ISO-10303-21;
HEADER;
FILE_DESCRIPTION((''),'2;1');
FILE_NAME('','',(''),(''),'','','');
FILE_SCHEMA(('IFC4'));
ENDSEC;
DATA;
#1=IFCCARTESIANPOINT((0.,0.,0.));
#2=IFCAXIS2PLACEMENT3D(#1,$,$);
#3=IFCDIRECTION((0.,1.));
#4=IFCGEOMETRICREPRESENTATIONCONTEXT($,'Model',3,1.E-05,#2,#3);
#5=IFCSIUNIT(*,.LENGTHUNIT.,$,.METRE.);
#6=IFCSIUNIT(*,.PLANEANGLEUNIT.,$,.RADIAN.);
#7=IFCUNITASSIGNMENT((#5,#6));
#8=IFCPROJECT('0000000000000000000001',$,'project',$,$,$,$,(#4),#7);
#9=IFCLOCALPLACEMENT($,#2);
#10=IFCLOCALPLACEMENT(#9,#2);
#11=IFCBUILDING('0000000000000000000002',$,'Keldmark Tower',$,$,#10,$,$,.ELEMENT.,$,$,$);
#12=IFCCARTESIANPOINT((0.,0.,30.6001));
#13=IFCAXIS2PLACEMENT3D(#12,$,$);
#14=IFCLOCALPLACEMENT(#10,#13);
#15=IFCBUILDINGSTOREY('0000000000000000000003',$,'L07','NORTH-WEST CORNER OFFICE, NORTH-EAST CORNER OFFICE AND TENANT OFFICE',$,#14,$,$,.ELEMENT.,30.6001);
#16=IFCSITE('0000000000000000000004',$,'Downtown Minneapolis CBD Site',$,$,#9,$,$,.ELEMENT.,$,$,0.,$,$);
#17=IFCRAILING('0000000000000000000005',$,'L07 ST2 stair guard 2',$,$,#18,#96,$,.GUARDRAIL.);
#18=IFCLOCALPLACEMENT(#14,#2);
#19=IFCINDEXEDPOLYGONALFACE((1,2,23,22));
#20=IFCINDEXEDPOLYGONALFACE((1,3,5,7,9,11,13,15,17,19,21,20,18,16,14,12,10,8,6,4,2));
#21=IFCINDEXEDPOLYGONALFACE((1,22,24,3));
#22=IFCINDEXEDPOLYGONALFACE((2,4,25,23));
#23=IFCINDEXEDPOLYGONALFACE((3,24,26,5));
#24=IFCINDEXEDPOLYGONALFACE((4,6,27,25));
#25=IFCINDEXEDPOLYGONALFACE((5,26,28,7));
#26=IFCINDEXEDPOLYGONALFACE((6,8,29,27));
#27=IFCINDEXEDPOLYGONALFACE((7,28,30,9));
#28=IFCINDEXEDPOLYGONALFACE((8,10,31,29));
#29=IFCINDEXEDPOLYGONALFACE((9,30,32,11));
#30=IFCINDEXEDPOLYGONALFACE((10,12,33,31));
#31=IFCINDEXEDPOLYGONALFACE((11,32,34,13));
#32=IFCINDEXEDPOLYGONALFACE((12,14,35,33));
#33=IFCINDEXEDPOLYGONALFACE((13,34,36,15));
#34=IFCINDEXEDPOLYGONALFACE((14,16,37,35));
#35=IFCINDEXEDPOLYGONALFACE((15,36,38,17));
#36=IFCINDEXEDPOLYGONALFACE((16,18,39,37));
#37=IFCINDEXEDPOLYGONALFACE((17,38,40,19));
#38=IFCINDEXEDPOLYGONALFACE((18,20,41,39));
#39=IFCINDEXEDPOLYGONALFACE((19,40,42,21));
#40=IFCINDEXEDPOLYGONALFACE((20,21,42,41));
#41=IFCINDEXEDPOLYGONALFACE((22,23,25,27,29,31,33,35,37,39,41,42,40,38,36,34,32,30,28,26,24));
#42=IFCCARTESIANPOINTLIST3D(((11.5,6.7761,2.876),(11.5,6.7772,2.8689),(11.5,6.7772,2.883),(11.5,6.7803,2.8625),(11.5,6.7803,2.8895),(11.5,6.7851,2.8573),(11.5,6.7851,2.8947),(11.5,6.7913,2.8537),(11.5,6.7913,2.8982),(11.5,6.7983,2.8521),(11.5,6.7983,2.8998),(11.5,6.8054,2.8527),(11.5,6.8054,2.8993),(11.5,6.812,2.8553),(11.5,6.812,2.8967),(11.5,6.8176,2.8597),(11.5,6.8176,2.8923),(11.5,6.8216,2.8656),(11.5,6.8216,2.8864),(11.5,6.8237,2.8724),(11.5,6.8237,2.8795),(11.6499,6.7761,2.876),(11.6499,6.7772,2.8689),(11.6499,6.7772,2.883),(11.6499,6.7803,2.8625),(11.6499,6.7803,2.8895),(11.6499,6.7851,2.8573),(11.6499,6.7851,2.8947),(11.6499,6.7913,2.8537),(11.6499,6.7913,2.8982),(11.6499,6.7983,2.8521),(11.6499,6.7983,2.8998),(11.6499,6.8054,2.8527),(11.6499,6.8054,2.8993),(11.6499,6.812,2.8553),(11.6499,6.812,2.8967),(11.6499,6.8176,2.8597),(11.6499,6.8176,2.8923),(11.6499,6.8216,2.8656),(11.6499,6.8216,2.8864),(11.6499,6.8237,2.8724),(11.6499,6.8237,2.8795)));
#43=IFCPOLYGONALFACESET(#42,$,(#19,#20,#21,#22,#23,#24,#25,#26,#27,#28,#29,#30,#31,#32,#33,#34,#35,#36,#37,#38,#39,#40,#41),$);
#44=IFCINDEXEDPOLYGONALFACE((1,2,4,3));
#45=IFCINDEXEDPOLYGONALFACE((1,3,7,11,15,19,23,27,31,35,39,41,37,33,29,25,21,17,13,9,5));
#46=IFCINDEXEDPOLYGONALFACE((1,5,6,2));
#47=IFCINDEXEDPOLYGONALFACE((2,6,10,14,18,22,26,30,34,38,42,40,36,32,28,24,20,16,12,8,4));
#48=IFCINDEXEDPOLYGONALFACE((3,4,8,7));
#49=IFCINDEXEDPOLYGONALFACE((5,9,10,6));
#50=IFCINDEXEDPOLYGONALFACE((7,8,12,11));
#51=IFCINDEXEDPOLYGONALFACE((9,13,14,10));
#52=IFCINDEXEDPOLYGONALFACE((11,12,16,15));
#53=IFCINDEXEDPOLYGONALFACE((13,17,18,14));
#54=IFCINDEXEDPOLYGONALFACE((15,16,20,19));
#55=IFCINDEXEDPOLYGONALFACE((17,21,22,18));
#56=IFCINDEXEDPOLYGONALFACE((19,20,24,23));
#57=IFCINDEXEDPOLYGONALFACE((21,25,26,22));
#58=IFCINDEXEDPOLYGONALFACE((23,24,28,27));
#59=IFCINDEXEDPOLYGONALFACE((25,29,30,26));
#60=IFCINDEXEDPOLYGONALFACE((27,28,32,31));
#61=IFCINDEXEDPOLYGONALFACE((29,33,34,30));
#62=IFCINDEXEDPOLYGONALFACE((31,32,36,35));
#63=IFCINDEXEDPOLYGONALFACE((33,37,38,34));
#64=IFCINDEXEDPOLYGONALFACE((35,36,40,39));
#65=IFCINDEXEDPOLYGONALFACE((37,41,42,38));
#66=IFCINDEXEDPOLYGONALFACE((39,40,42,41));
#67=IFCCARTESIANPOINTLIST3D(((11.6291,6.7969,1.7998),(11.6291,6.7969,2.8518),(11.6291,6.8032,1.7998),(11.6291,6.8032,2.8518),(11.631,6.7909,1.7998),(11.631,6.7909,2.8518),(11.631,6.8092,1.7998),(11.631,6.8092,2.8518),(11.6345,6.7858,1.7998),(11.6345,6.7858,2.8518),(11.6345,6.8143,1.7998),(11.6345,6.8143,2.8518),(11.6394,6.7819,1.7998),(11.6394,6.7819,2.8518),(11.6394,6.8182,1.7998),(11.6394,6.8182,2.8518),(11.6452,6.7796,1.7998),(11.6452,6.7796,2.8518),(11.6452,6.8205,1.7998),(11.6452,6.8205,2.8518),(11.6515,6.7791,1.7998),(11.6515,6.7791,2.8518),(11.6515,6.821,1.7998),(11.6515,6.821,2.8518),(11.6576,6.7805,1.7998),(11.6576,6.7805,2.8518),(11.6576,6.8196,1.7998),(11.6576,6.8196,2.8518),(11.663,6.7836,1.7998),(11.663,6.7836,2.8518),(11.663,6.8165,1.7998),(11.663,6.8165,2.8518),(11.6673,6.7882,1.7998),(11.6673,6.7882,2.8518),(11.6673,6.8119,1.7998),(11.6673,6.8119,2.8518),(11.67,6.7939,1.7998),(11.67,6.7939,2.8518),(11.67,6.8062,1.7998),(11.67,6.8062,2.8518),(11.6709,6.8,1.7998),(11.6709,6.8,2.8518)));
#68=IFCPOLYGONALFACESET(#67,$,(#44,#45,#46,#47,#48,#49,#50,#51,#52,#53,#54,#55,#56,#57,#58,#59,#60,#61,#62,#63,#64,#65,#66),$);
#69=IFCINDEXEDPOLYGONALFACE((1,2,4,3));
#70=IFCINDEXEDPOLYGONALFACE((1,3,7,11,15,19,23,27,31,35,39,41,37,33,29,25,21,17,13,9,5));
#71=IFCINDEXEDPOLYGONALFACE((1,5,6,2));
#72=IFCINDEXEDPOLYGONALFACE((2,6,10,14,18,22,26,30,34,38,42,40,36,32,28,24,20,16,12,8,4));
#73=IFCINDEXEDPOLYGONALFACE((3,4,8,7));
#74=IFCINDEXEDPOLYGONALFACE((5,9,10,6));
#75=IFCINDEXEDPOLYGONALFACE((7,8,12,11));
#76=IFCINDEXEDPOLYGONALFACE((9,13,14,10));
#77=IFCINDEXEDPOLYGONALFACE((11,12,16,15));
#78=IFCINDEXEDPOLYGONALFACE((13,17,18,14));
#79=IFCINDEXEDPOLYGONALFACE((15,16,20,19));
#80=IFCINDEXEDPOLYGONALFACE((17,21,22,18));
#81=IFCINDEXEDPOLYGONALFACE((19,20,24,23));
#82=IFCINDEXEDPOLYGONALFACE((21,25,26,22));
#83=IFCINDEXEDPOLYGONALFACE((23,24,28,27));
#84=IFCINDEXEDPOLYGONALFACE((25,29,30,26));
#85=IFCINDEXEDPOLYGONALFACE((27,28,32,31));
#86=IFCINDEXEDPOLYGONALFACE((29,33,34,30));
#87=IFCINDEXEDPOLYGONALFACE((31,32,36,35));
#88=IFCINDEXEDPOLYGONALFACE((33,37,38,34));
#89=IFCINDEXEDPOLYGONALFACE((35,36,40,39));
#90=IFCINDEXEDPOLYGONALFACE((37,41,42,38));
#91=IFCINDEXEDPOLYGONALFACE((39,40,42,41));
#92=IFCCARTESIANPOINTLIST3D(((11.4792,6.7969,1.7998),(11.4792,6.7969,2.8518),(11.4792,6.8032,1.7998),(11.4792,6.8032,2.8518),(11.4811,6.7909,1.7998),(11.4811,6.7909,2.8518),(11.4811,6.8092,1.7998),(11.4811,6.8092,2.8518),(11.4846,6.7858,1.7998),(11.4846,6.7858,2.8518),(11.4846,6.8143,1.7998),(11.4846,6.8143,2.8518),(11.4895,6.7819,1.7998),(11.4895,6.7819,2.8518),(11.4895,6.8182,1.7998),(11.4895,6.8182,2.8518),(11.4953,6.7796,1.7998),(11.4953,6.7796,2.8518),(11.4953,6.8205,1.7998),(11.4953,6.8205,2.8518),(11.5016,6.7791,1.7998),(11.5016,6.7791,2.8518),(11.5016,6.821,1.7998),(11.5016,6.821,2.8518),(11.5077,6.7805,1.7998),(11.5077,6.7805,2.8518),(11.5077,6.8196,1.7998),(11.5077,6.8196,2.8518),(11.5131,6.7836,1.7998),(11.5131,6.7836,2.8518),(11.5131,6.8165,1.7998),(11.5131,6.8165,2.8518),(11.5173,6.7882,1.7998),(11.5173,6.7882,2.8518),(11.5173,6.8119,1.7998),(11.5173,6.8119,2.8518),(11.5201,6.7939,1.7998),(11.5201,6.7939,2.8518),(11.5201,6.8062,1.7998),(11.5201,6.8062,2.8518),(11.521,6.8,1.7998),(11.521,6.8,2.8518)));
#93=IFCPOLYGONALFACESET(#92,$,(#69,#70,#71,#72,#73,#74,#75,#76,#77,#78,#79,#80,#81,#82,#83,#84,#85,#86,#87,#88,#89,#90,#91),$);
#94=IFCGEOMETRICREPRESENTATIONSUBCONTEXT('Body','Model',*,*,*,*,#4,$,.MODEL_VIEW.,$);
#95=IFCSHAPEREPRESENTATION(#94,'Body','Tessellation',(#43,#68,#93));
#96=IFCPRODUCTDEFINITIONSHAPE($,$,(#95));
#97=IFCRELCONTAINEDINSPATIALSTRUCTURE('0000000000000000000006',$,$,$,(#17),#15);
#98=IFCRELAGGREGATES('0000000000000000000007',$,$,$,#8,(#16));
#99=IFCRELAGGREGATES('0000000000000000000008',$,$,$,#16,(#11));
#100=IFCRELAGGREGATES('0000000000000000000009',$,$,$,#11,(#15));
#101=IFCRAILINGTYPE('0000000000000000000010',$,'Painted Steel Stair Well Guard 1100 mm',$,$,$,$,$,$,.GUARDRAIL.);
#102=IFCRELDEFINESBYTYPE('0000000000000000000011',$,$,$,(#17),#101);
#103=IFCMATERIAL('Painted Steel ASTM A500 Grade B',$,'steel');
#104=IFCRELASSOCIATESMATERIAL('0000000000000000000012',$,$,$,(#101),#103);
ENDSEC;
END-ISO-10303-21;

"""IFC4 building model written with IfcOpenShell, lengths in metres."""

from ifc_helpers import new_model, si_unit, direction, frame, origin, origin_2d, place, context, subcontext, project, spatial, circle, extrude, material, type_object, element, save


model = new_model("IFC4")

# Units and contexts
model_context = context("Model", 3, precision=1e-05, world=origin(), true_north=direction((0.0, 1.0)))
body_context = subcontext(model_context, "Body", "Model", "MODEL_VIEW")
ifc_project = project(units=[si_unit("LENGTHUNIT", "METRE"), si_unit("PLANEANGLEUNIT", "RADIAN")], contexts=[model_context])

# Site, building, storey
site_placement = place(None, origin())
site = spatial("IfcSite", under=ifc_project, at=site_placement, Name="Downtown Minneapolis CBD Site", CompositionType="ELEMENT", RefElevation=0.0)
building_placement = place(site_placement, origin())
building = spatial("IfcBuilding", under=site, at=building_placement, Name="Keldmark Tower", CompositionType="ELEMENT")
storey_placement = place(building_placement, frame((0.0, 0.0, 30.6001)))
storey = spatial("IfcBuildingStorey", under=building, at=storey_placement, Name="L07", Description="NORTH-WEST CORNER OFFICE, NORTH-EAST CORNER OFFICE AND TENANT OFFICE", CompositionType="ELEMENT", Elevation=30.6001)

# Railing
ifc_material_1 = material(Name="Painted Steel ASTM A500 Grade B", Category="steel")
railing_type_1 = type_object("IfcRailingType", Name="Painted Steel Stair Well Guard 1100 mm", PredefinedType="GUARDRAIL", material=ifc_material_1)
railing_1_placement = place(storey_placement, frame((11.6499, 6.8, 1.7998)))
element("IfcRailing", 1, at=railing_1_placement, inside=storey, type_object=railing_type_1, Name="L07 ST2 stair guard 2", PredefinedType="GUARDRAIL", context=body_context, shape_type="SweptSolid", body=[
    extrude(circle(Radius=0.0239, at=origin_2d()), frame((0.0, 0.0, 1.0762), z_axis=(-1.0, 0.0, 0.0), x_axis=(0.0, -1.0, 0.0)), (0.0, 0.0, 1.0), 0.1499),
    extrude(circle(Radius=0.021, at=origin_2d()), origin(), (0.0, 0.0, 1.0), 1.052),
    extrude(circle(Radius=0.021, at=origin_2d()), frame((-0.1499, 0.0, 0.0)), (0.0, 0.0, 1.0), 1.052),
])

save(model, "model.ifc")
